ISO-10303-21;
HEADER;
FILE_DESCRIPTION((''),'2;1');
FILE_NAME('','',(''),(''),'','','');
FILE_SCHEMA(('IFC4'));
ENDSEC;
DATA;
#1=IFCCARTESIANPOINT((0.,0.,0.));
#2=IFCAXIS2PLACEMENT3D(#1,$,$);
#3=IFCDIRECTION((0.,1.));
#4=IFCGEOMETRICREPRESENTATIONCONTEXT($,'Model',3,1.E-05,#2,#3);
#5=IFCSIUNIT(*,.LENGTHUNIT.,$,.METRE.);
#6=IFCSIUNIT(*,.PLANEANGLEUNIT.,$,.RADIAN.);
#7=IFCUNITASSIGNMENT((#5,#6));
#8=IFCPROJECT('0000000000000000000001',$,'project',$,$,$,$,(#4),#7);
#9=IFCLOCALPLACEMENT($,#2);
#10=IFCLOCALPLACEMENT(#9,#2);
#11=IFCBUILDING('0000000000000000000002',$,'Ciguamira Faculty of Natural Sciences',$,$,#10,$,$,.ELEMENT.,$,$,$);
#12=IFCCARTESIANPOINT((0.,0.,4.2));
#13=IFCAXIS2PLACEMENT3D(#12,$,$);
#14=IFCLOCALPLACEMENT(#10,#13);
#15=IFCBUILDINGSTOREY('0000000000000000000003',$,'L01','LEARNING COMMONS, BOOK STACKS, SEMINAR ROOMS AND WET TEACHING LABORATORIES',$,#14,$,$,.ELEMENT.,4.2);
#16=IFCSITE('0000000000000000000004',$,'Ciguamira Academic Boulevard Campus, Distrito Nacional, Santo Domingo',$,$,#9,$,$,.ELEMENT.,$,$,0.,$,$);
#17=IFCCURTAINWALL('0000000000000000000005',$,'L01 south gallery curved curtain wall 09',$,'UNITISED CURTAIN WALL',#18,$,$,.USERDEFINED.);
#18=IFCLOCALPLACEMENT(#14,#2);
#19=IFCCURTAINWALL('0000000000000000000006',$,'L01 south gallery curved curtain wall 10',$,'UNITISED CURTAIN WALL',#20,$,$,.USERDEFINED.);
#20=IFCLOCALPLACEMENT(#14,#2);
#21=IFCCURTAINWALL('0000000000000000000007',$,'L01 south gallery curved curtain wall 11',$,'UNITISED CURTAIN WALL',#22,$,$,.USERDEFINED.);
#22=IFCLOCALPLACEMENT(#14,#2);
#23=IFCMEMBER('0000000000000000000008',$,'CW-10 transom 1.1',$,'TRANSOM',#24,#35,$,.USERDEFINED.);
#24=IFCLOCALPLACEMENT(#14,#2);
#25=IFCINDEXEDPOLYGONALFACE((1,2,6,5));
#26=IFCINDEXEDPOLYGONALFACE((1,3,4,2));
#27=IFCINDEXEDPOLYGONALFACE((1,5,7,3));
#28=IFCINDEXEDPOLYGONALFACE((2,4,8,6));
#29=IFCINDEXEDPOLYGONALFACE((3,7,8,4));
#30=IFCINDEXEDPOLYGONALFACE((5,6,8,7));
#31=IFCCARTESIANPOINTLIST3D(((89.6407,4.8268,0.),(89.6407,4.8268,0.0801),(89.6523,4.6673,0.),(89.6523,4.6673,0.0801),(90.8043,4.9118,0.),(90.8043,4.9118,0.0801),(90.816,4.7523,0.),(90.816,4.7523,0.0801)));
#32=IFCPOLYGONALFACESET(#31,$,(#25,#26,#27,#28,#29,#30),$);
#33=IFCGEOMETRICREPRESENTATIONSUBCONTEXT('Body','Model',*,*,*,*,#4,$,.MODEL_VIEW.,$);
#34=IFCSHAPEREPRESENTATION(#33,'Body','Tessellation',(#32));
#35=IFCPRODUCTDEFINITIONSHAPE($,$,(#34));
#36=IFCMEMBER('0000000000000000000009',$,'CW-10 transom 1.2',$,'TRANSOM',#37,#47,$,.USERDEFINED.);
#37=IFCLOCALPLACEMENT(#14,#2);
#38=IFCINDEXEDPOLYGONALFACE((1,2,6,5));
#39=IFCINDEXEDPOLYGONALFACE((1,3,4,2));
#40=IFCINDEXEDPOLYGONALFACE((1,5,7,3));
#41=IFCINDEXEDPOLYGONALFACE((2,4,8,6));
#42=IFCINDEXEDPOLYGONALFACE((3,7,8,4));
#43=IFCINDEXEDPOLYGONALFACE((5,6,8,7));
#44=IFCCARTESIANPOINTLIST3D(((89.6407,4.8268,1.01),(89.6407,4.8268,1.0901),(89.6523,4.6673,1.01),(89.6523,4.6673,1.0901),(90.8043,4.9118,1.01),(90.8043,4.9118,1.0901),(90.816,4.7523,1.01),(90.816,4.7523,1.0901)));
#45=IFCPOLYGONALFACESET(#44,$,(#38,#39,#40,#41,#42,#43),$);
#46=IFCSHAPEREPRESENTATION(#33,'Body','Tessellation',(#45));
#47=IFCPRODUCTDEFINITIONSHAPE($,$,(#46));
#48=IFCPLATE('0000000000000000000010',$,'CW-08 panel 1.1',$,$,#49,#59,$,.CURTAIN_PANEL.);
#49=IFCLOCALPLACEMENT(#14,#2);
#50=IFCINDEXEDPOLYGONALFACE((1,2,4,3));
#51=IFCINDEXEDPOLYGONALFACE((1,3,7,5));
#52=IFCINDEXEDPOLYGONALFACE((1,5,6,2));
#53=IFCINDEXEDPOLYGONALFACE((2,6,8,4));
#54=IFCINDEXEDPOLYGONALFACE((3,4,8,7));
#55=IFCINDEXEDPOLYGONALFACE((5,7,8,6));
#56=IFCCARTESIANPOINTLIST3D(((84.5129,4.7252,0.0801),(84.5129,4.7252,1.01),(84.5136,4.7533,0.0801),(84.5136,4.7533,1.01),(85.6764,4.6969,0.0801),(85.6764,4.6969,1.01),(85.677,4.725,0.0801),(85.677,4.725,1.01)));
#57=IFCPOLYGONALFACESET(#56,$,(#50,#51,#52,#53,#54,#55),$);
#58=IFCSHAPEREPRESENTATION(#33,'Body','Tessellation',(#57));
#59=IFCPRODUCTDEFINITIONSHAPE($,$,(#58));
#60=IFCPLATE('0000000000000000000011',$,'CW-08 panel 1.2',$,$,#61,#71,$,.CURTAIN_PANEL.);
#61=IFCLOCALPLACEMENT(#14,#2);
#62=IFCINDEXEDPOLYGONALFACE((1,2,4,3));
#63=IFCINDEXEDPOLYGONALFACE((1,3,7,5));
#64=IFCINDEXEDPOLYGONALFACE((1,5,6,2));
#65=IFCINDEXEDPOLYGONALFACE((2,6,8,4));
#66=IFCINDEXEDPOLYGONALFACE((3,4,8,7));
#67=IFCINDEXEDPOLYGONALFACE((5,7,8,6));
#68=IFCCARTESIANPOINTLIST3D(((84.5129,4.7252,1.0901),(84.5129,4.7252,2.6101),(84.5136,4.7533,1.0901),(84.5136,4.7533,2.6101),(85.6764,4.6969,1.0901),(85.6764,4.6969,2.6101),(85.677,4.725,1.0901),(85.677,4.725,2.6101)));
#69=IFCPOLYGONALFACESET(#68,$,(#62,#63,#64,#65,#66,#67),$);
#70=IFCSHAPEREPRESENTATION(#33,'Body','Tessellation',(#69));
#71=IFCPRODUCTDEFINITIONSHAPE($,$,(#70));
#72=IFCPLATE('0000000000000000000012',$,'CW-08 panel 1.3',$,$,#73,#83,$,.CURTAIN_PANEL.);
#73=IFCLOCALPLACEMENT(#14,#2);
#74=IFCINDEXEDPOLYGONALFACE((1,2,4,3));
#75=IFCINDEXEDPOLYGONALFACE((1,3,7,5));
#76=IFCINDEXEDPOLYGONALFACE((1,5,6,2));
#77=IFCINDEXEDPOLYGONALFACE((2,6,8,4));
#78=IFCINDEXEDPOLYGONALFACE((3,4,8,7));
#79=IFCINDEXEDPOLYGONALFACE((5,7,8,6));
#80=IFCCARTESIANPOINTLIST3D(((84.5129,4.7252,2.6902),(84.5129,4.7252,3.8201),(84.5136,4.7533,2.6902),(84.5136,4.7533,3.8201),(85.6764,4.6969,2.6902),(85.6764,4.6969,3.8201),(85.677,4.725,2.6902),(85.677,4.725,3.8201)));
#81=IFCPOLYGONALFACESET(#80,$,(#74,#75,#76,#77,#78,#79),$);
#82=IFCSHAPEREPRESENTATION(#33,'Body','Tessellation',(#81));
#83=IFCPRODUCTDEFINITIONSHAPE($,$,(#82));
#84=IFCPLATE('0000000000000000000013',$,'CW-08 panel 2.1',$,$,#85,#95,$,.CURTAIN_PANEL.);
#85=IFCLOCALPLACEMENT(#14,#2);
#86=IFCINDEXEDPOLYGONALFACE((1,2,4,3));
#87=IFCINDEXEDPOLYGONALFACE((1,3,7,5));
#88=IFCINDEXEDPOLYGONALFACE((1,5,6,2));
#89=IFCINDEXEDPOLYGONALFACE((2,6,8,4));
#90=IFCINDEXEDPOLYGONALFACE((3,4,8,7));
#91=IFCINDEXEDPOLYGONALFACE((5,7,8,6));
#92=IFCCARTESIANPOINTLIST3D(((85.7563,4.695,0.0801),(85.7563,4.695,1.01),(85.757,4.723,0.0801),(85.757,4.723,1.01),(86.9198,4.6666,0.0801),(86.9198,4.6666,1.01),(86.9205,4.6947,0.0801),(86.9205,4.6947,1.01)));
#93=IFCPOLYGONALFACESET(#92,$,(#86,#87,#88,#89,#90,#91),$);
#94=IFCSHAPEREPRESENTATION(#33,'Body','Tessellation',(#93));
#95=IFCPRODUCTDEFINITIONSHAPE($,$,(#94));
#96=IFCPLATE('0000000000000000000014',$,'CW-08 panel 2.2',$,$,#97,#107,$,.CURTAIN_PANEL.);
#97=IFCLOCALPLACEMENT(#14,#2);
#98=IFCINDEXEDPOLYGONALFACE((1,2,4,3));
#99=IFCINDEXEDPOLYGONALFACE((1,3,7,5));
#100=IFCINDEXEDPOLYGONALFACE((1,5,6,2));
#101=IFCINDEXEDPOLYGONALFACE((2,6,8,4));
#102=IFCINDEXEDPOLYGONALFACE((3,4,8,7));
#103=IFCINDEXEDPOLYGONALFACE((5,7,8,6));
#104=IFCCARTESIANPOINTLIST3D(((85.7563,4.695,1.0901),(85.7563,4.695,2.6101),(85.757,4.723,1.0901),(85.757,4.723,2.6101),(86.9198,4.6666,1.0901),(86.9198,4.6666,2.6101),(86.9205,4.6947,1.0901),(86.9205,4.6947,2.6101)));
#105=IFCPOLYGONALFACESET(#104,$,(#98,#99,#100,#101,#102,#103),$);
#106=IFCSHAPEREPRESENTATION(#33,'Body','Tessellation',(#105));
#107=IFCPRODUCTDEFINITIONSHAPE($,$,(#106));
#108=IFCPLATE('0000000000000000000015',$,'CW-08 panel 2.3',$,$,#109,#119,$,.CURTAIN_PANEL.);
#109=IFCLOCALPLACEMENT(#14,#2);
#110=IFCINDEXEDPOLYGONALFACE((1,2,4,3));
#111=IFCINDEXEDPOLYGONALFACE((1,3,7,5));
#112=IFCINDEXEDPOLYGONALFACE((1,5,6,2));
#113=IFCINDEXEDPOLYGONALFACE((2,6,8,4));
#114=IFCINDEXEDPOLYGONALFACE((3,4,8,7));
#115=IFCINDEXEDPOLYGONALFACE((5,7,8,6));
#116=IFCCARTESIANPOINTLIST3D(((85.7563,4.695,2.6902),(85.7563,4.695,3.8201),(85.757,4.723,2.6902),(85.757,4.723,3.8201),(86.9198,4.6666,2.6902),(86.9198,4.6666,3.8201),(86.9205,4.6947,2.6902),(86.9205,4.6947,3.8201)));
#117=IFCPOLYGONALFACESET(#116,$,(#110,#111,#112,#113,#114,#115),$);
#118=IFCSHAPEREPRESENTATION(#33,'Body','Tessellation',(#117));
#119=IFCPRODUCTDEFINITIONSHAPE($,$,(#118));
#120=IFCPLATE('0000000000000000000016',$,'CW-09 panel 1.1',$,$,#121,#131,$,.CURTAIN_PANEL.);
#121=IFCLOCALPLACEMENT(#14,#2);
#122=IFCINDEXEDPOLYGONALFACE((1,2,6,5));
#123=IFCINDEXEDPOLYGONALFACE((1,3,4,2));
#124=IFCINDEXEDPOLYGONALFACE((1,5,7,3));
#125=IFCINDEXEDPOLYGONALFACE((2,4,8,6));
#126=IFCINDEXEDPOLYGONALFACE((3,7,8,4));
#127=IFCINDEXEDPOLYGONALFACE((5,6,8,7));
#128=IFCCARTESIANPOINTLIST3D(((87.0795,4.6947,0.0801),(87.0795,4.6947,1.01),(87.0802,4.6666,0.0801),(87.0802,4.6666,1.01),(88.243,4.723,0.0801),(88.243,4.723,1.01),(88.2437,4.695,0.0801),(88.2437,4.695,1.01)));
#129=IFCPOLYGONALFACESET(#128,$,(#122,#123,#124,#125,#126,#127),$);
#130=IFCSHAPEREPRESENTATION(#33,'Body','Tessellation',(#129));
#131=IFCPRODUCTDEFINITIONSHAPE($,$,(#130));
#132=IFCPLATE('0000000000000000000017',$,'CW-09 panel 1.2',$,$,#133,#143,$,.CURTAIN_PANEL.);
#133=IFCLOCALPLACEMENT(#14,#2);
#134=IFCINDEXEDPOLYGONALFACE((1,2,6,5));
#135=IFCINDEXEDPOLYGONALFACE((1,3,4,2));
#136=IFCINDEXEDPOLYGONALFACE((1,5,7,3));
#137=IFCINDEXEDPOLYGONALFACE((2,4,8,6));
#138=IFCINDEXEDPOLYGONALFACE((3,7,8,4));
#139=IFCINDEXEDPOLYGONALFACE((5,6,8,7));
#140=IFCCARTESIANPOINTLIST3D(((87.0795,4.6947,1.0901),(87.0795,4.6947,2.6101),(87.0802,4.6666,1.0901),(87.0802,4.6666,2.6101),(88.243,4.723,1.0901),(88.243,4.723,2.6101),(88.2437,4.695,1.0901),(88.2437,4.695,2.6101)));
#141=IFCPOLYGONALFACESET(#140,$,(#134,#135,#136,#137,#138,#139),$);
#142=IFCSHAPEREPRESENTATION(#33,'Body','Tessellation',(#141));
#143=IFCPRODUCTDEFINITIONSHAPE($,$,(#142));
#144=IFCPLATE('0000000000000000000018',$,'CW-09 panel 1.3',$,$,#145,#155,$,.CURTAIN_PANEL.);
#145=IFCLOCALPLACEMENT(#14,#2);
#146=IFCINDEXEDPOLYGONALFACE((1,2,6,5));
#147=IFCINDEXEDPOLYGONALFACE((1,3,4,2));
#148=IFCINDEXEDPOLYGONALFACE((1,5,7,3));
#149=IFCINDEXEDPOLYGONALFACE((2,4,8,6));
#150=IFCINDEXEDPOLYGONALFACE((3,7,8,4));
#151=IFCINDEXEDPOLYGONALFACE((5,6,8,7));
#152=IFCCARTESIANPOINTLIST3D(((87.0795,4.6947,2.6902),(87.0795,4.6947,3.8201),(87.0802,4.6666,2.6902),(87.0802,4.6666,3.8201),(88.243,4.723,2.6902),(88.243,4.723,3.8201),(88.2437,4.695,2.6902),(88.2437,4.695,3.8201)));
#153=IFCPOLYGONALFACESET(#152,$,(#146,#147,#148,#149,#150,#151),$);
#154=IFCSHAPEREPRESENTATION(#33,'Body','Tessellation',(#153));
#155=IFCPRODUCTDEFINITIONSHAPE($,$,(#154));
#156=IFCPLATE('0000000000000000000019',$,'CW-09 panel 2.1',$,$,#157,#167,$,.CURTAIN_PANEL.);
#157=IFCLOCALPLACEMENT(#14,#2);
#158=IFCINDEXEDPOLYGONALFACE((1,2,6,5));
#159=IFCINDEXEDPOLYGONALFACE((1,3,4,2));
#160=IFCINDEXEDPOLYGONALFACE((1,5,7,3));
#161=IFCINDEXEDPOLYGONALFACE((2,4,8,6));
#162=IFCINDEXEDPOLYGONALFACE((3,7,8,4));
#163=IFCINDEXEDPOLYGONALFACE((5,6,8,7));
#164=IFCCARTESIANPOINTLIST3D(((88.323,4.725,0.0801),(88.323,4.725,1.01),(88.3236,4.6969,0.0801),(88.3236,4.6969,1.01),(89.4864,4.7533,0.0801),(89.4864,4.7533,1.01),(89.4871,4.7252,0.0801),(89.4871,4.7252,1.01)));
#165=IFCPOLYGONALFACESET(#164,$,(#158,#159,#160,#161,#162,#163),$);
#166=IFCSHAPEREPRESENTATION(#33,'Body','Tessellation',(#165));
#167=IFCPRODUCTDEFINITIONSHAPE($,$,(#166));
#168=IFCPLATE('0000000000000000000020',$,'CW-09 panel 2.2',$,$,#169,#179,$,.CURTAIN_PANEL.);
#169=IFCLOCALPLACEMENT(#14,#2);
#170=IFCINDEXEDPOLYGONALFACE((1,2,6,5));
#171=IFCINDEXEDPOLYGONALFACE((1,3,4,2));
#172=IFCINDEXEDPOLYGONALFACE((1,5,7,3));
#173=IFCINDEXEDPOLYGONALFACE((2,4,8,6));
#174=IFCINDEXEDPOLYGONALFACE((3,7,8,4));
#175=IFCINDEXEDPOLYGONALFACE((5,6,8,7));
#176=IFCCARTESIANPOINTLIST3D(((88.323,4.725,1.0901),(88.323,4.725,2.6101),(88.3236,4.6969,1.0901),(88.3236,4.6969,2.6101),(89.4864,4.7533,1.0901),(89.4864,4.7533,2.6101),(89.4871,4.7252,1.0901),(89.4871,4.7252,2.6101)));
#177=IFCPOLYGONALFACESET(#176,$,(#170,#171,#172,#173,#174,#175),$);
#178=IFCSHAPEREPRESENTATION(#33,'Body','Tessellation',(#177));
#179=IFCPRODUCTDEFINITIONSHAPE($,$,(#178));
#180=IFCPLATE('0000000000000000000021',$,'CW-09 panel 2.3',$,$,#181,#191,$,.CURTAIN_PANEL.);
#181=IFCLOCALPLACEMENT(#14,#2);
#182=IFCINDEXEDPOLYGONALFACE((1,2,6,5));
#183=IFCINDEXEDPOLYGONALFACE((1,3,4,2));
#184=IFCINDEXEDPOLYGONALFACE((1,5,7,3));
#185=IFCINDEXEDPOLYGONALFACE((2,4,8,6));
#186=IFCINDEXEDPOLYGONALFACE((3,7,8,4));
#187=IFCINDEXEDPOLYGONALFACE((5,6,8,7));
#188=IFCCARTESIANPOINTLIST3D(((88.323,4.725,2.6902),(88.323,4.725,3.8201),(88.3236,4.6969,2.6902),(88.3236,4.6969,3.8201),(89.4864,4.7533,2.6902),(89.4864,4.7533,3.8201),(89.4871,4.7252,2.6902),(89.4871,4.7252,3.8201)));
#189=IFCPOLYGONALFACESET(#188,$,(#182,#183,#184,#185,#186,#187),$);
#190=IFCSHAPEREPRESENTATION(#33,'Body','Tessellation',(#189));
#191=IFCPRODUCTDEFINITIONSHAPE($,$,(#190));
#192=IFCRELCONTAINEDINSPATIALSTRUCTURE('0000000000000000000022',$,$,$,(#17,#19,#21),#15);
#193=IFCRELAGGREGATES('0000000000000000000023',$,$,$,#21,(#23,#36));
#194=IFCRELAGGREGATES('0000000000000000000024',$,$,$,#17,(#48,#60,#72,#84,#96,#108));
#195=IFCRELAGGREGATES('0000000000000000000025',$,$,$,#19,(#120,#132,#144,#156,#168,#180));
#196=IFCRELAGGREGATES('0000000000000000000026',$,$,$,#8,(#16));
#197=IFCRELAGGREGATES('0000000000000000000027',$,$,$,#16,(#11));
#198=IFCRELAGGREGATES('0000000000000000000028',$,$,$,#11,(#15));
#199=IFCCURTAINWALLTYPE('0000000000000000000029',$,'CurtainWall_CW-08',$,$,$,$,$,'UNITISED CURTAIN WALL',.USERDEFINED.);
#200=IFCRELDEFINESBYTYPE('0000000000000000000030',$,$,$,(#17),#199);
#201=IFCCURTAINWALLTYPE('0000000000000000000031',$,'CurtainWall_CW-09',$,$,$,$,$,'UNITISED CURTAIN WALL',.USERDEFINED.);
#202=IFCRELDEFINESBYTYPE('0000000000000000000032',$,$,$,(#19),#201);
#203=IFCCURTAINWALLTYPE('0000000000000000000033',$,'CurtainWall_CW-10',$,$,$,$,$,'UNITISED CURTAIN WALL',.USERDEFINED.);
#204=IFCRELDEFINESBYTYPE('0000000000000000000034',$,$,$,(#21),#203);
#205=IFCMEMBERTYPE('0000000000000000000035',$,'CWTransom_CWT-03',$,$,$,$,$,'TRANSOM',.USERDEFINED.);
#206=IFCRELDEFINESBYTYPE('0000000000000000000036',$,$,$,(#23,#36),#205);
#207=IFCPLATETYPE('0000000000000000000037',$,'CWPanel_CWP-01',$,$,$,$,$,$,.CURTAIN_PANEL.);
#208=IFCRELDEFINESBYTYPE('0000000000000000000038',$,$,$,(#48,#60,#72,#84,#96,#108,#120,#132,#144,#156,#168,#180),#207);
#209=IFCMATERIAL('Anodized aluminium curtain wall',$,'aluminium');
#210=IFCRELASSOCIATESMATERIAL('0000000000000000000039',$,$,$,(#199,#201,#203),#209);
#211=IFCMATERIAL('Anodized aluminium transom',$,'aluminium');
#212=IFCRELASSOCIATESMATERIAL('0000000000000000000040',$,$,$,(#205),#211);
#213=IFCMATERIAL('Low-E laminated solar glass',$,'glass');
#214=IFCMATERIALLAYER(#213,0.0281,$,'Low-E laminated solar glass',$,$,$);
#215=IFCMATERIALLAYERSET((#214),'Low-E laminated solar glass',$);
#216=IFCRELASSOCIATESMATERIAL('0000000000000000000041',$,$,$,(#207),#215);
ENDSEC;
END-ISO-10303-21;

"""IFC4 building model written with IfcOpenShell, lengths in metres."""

from ifc_helpers import new_model, si_unit, direction, frame, origin, origin_2d, place, context, subcontext, project, spatial, rectangle, extrude, material, layer, layer_set, material_profile, profile_set, type_object, element, aggregate, save


model = new_model("IFC4")

# Units and contexts
model_context = context("Model", 3, precision=1e-05, world=origin(), true_north=direction((0.0, 1.0)))
body_context = subcontext(model_context, "Body", "Model", "MODEL_VIEW")
ifc_project = project(units=[si_unit("LENGTHUNIT", "METRE"), si_unit("PLANEANGLEUNIT", "RADIAN")], contexts=[model_context])

# Site, building, storey
site_placement = place(None, origin())
site = spatial("IfcSite", under=ifc_project, at=site_placement, Name="Ciguamira Academic Boulevard Campus, Distrito Nacional, Santo Domingo", CompositionType="ELEMENT", RefElevation=0.0)
building_placement = place(site_placement, origin())
building = spatial("IfcBuilding", under=site, at=building_placement, Name="Ciguamira Faculty of Natural Sciences", CompositionType="ELEMENT")
storey_placement = place(building_placement, frame((0.0, 0.0, 4.2)))
storey = spatial("IfcBuildingStorey", under=building, at=storey_placement, Name="L01", Description="LEARNING COMMONS, BOOK STACKS, SEMINAR ROOMS AND WET TEACHING LABORATORIES", CompositionType="ELEMENT", Elevation=4.2)

# Shared definitions
ifc_material_1 = material(Name="Anodized aluminium curtain wall", Category="aluminium")

# Curtain walls
curtain_wall_type_1 = type_object("IfcCurtainWallType", Name="CurtainWall_CW-08", ElementType="UNITISED CURTAIN WALL", PredefinedType="USERDEFINED", material=ifc_material_1)
curtain_wall_1_placement = place(storey_placement, origin())
curtain_wall_1 = element("IfcCurtainWall", 1, at=curtain_wall_1_placement, inside=storey, type_object=curtain_wall_type_1, Name="L01 south gallery curved curtain wall 09", ObjectType="UNITISED CURTAIN WALL", PredefinedType="USERDEFINED")
curtain_wall_type_2 = type_object("IfcCurtainWallType", Name="CurtainWall_CW-09", ElementType="UNITISED CURTAIN WALL", PredefinedType="USERDEFINED", material=ifc_material_1)
curtain_wall_2_placement = place(storey_placement, origin())
curtain_wall_2 = element("IfcCurtainWall", 2, at=curtain_wall_2_placement, inside=storey, type_object=curtain_wall_type_2, Name="L01 south gallery curved curtain wall 10", ObjectType="UNITISED CURTAIN WALL", PredefinedType="USERDEFINED")

# Curtain wall
curtain_wall_type_3 = type_object("IfcCurtainWallType", Name="CurtainWall_CW-10", ElementType="UNITISED CURTAIN WALL", PredefinedType="USERDEFINED", material=ifc_material_1)
curtain_wall_3_placement = place(storey_placement, origin())
curtain_wall_3 = element("IfcCurtainWall", 3, at=curtain_wall_3_placement, inside=storey, type_object=curtain_wall_type_3, Name="L01 south gallery curved curtain wall 11", ObjectType="UNITISED CURTAIN WALL", PredefinedType="USERDEFINED")

# Members
ifc_material_2 = material(Name="Anodized aluminium transom", Category="aluminium")
ifc_material_profile_1 = material_profile(ifc_material_2, rectangle(XDim=0.0801, YDim=0.1599, at=origin_2d()), Name="ALU-TRN-80X160")
ifc_profile_set_1 = profile_set([ifc_material_profile_1], Name="Anodized aluminium transom")
member_type_1 = type_object("IfcMemberType", Name="CWTransom_CWT-03", ElementType="TRANSOM", PredefinedType="USERDEFINED", material=ifc_profile_set_1)
member_1_placement = place(storey_placement, frame((89.6465, 4.7471, 0.04), z_axis=(0.997345, 0.072823, 0.0), x_axis=(0.0, 0.0, 1.0)))
member_1 = element("IfcMember", 4, at=member_1_placement, type_object=member_type_1, Name="CW-10 transom 1.1", ObjectType="TRANSOM", PredefinedType="USERDEFINED", context=body_context, shape_type="SweptSolid", body=[
    extrude(rectangle(XDim=0.0801, YDim=0.1599, at=origin_2d()), origin(), (0.0, 0.0, 1.0), 1.1667),
])
member_2_placement = place(storey_placement, frame((89.6465, 4.7471, 1.05), z_axis=(0.997345, 0.072823, 0.0), x_axis=(0.0, 0.0, 1.0)))
member_2 = element("IfcMember", 5, at=member_2_placement, type_object=member_type_1, Name="CW-10 transom 1.2", ObjectType="TRANSOM", PredefinedType="USERDEFINED", context=body_context, shape_type="SweptSolid", body=[
    extrude(rectangle(XDim=0.0801, YDim=0.1599, at=origin_2d()), origin(), (0.0, 0.0, 1.0), 1.1667),
])
aggregate(curtain_wall_3, [member_1, member_2])

# Plates
ifc_material_3 = material(Name="Low-E laminated solar glass", Category="glass")
ifc_layer = layer(ifc_material_3, 0.0281, Name="Low-E laminated solar glass")
ifc_layer_set = layer_set([ifc_layer], Name="Low-E laminated solar glass")
plate_type = type_object("IfcPlateType", Name="CWPanel_CWP-01", PredefinedType="CURTAIN_PANEL", material=ifc_layer_set)
plate_1_placement = place(storey_placement, frame((85.095, 4.7251, 0.0801), z_axis=(0.0, 0.0, 1.0), x_axis=(0.999704, -0.024343, 0.0)))
plate_1 = element("IfcPlate", 6, at=plate_1_placement, type_object=plate_type, Name="CW-08 panel 1.1", PredefinedType="CURTAIN_PANEL", context=body_context, shape_type="SweptSolid", body=[
    extrude(rectangle(XDim=1.1638, YDim=0.0281, at=origin_2d()), origin(), (0.0, 0.0, 1.0), 0.9299),
])
plate_2_placement = place(storey_placement, frame((85.095, 4.7251, 1.0901), z_axis=(0.0, 0.0, 1.0), x_axis=(0.999704, -0.024343, 0.0)))
plate_2 = element("IfcPlate", 7, at=plate_2_placement, type_object=plate_type, Name="CW-08 panel 1.2", PredefinedType="CURTAIN_PANEL", context=body_context, shape_type="SweptSolid", body=[
    extrude(rectangle(XDim=1.1638, YDim=0.0281, at=origin_2d()), origin(), (0.0, 0.0, 1.0), 1.52),
])
plate_3_placement = place(storey_placement, frame((85.095, 4.7251, 2.6902), z_axis=(0.0, 0.0, 1.0), x_axis=(0.999704, -0.024343, 0.0)))
plate_3 = element("IfcPlate", 8, at=plate_3_placement, type_object=plate_type, Name="CW-08 panel 1.3", PredefinedType="CURTAIN_PANEL", context=body_context, shape_type="SweptSolid", body=[
    extrude(rectangle(XDim=1.1638, YDim=0.0281, at=origin_2d()), origin(), (0.0, 0.0, 1.0), 1.1299),
])
plate_4_placement = place(storey_placement, frame((86.3384, 4.6948, 0.0801), z_axis=(0.0, 0.0, 1.0), x_axis=(0.999704, -0.024343, 0.0)))
plate_4 = element("IfcPlate", 9, at=plate_4_placement, type_object=plate_type, Name="CW-08 panel 2.1", PredefinedType="CURTAIN_PANEL", context=body_context, shape_type="SweptSolid", body=[
    extrude(rectangle(XDim=1.1638, YDim=0.0281, at=origin_2d()), origin(), (0.0, 0.0, 1.0), 0.9299),
])
plate_5_placement = place(storey_placement, frame((86.3384, 4.6948, 1.0901), z_axis=(0.0, 0.0, 1.0), x_axis=(0.999704, -0.024343, 0.0)))
plate_5 = element("IfcPlate", 10, at=plate_5_placement, type_object=plate_type, Name="CW-08 panel 2.2", PredefinedType="CURTAIN_PANEL", context=body_context, shape_type="SweptSolid", body=[
    extrude(rectangle(XDim=1.1638, YDim=0.0281, at=origin_2d()), origin(), (0.0, 0.0, 1.0), 1.52),
])
plate_6_placement = place(storey_placement, frame((86.3384, 4.6948, 2.6902), z_axis=(0.0, 0.0, 1.0), x_axis=(0.999704, -0.024343, 0.0)))
plate_6 = element("IfcPlate", 11, at=plate_6_placement, type_object=plate_type, Name="CW-08 panel 2.3", PredefinedType="CURTAIN_PANEL", context=body_context, shape_type="SweptSolid", body=[
    extrude(rectangle(XDim=1.1638, YDim=0.0281, at=origin_2d()), origin(), (0.0, 0.0, 1.0), 1.1299),
])
aggregate(curtain_wall_1, [plate_1, plate_2, plate_3, plate_4, plate_5, plate_6])
plate_7_placement = place(storey_placement, frame((87.6616, 4.6948, 0.0801), z_axis=(0.0, 0.0, 1.0), x_axis=(0.999704, 0.024343, 0.0)))
plate_7 = element("IfcPlate", 12, at=plate_7_placement, type_object=plate_type, Name="CW-09 panel 1.1", PredefinedType="CURTAIN_PANEL", context=body_context, shape_type="SweptSolid", body=[
    extrude(rectangle(XDim=1.1638, YDim=0.0281, at=origin_2d()), origin(), (0.0, 0.0, 1.0), 0.9299),
])
plate_8_placement = place(storey_placement, frame((87.6616, 4.6948, 1.0901), z_axis=(0.0, 0.0, 1.0), x_axis=(0.999704, 0.024343, 0.0)))
plate_8 = element("IfcPlate", 13, at=plate_8_placement, type_object=plate_type, Name="CW-09 panel 1.2", PredefinedType="CURTAIN_PANEL", context=body_context, shape_type="SweptSolid", body=[
    extrude(rectangle(XDim=1.1638, YDim=0.0281, at=origin_2d()), origin(), (0.0, 0.0, 1.0), 1.52),
])
plate_9_placement = place(storey_placement, frame((87.6616, 4.6948, 2.6902), z_axis=(0.0, 0.0, 1.0), x_axis=(0.999704, 0.024343, 0.0)))
plate_9 = element("IfcPlate", 14, at=plate_9_placement, type_object=plate_type, Name="CW-09 panel 1.3", PredefinedType="CURTAIN_PANEL", context=body_context, shape_type="SweptSolid", body=[
    extrude(rectangle(XDim=1.1638, YDim=0.0281, at=origin_2d()), origin(), (0.0, 0.0, 1.0), 1.1299),
])
plate_10_placement = place(storey_placement, frame((88.905, 4.7251, 0.0801), z_axis=(0.0, 0.0, 1.0), x_axis=(0.999704, 0.024343, 0.0)))
plate_10 = element("IfcPlate", 15, at=plate_10_placement, type_object=plate_type, Name="CW-09 panel 2.1", PredefinedType="CURTAIN_PANEL", context=body_context, shape_type="SweptSolid", body=[
    extrude(rectangle(XDim=1.1638, YDim=0.0281, at=origin_2d()), origin(), (0.0, 0.0, 1.0), 0.9299),
])
plate_11_placement = place(storey_placement, frame((88.905, 4.7251, 1.0901), z_axis=(0.0, 0.0, 1.0), x_axis=(0.999704, 0.024343, 0.0)))
plate_11 = element("IfcPlate", 16, at=plate_11_placement, type_object=plate_type, Name="CW-09 panel 2.2", PredefinedType="CURTAIN_PANEL", context=body_context, shape_type="SweptSolid", body=[
    extrude(rectangle(XDim=1.1638, YDim=0.0281, at=origin_2d()), origin(), (0.0, 0.0, 1.0), 1.52),
])
plate_12_placement = place(storey_placement, frame((88.905, 4.7251, 2.6902), z_axis=(0.0, 0.0, 1.0), x_axis=(0.999704, 0.024343, 0.0)))
plate_12 = element("IfcPlate", 17, at=plate_12_placement, type_object=plate_type, Name="CW-09 panel 2.3", PredefinedType="CURTAIN_PANEL", context=body_context, shape_type="SweptSolid", body=[
    extrude(rectangle(XDim=1.1638, YDim=0.0281, at=origin_2d()), origin(), (0.0, 0.0, 1.0), 1.1299),
])
aggregate(curtain_wall_2, [plate_7, plate_8, plate_9, plate_10, plate_11, plate_12])

save(model, "model.ifc")
